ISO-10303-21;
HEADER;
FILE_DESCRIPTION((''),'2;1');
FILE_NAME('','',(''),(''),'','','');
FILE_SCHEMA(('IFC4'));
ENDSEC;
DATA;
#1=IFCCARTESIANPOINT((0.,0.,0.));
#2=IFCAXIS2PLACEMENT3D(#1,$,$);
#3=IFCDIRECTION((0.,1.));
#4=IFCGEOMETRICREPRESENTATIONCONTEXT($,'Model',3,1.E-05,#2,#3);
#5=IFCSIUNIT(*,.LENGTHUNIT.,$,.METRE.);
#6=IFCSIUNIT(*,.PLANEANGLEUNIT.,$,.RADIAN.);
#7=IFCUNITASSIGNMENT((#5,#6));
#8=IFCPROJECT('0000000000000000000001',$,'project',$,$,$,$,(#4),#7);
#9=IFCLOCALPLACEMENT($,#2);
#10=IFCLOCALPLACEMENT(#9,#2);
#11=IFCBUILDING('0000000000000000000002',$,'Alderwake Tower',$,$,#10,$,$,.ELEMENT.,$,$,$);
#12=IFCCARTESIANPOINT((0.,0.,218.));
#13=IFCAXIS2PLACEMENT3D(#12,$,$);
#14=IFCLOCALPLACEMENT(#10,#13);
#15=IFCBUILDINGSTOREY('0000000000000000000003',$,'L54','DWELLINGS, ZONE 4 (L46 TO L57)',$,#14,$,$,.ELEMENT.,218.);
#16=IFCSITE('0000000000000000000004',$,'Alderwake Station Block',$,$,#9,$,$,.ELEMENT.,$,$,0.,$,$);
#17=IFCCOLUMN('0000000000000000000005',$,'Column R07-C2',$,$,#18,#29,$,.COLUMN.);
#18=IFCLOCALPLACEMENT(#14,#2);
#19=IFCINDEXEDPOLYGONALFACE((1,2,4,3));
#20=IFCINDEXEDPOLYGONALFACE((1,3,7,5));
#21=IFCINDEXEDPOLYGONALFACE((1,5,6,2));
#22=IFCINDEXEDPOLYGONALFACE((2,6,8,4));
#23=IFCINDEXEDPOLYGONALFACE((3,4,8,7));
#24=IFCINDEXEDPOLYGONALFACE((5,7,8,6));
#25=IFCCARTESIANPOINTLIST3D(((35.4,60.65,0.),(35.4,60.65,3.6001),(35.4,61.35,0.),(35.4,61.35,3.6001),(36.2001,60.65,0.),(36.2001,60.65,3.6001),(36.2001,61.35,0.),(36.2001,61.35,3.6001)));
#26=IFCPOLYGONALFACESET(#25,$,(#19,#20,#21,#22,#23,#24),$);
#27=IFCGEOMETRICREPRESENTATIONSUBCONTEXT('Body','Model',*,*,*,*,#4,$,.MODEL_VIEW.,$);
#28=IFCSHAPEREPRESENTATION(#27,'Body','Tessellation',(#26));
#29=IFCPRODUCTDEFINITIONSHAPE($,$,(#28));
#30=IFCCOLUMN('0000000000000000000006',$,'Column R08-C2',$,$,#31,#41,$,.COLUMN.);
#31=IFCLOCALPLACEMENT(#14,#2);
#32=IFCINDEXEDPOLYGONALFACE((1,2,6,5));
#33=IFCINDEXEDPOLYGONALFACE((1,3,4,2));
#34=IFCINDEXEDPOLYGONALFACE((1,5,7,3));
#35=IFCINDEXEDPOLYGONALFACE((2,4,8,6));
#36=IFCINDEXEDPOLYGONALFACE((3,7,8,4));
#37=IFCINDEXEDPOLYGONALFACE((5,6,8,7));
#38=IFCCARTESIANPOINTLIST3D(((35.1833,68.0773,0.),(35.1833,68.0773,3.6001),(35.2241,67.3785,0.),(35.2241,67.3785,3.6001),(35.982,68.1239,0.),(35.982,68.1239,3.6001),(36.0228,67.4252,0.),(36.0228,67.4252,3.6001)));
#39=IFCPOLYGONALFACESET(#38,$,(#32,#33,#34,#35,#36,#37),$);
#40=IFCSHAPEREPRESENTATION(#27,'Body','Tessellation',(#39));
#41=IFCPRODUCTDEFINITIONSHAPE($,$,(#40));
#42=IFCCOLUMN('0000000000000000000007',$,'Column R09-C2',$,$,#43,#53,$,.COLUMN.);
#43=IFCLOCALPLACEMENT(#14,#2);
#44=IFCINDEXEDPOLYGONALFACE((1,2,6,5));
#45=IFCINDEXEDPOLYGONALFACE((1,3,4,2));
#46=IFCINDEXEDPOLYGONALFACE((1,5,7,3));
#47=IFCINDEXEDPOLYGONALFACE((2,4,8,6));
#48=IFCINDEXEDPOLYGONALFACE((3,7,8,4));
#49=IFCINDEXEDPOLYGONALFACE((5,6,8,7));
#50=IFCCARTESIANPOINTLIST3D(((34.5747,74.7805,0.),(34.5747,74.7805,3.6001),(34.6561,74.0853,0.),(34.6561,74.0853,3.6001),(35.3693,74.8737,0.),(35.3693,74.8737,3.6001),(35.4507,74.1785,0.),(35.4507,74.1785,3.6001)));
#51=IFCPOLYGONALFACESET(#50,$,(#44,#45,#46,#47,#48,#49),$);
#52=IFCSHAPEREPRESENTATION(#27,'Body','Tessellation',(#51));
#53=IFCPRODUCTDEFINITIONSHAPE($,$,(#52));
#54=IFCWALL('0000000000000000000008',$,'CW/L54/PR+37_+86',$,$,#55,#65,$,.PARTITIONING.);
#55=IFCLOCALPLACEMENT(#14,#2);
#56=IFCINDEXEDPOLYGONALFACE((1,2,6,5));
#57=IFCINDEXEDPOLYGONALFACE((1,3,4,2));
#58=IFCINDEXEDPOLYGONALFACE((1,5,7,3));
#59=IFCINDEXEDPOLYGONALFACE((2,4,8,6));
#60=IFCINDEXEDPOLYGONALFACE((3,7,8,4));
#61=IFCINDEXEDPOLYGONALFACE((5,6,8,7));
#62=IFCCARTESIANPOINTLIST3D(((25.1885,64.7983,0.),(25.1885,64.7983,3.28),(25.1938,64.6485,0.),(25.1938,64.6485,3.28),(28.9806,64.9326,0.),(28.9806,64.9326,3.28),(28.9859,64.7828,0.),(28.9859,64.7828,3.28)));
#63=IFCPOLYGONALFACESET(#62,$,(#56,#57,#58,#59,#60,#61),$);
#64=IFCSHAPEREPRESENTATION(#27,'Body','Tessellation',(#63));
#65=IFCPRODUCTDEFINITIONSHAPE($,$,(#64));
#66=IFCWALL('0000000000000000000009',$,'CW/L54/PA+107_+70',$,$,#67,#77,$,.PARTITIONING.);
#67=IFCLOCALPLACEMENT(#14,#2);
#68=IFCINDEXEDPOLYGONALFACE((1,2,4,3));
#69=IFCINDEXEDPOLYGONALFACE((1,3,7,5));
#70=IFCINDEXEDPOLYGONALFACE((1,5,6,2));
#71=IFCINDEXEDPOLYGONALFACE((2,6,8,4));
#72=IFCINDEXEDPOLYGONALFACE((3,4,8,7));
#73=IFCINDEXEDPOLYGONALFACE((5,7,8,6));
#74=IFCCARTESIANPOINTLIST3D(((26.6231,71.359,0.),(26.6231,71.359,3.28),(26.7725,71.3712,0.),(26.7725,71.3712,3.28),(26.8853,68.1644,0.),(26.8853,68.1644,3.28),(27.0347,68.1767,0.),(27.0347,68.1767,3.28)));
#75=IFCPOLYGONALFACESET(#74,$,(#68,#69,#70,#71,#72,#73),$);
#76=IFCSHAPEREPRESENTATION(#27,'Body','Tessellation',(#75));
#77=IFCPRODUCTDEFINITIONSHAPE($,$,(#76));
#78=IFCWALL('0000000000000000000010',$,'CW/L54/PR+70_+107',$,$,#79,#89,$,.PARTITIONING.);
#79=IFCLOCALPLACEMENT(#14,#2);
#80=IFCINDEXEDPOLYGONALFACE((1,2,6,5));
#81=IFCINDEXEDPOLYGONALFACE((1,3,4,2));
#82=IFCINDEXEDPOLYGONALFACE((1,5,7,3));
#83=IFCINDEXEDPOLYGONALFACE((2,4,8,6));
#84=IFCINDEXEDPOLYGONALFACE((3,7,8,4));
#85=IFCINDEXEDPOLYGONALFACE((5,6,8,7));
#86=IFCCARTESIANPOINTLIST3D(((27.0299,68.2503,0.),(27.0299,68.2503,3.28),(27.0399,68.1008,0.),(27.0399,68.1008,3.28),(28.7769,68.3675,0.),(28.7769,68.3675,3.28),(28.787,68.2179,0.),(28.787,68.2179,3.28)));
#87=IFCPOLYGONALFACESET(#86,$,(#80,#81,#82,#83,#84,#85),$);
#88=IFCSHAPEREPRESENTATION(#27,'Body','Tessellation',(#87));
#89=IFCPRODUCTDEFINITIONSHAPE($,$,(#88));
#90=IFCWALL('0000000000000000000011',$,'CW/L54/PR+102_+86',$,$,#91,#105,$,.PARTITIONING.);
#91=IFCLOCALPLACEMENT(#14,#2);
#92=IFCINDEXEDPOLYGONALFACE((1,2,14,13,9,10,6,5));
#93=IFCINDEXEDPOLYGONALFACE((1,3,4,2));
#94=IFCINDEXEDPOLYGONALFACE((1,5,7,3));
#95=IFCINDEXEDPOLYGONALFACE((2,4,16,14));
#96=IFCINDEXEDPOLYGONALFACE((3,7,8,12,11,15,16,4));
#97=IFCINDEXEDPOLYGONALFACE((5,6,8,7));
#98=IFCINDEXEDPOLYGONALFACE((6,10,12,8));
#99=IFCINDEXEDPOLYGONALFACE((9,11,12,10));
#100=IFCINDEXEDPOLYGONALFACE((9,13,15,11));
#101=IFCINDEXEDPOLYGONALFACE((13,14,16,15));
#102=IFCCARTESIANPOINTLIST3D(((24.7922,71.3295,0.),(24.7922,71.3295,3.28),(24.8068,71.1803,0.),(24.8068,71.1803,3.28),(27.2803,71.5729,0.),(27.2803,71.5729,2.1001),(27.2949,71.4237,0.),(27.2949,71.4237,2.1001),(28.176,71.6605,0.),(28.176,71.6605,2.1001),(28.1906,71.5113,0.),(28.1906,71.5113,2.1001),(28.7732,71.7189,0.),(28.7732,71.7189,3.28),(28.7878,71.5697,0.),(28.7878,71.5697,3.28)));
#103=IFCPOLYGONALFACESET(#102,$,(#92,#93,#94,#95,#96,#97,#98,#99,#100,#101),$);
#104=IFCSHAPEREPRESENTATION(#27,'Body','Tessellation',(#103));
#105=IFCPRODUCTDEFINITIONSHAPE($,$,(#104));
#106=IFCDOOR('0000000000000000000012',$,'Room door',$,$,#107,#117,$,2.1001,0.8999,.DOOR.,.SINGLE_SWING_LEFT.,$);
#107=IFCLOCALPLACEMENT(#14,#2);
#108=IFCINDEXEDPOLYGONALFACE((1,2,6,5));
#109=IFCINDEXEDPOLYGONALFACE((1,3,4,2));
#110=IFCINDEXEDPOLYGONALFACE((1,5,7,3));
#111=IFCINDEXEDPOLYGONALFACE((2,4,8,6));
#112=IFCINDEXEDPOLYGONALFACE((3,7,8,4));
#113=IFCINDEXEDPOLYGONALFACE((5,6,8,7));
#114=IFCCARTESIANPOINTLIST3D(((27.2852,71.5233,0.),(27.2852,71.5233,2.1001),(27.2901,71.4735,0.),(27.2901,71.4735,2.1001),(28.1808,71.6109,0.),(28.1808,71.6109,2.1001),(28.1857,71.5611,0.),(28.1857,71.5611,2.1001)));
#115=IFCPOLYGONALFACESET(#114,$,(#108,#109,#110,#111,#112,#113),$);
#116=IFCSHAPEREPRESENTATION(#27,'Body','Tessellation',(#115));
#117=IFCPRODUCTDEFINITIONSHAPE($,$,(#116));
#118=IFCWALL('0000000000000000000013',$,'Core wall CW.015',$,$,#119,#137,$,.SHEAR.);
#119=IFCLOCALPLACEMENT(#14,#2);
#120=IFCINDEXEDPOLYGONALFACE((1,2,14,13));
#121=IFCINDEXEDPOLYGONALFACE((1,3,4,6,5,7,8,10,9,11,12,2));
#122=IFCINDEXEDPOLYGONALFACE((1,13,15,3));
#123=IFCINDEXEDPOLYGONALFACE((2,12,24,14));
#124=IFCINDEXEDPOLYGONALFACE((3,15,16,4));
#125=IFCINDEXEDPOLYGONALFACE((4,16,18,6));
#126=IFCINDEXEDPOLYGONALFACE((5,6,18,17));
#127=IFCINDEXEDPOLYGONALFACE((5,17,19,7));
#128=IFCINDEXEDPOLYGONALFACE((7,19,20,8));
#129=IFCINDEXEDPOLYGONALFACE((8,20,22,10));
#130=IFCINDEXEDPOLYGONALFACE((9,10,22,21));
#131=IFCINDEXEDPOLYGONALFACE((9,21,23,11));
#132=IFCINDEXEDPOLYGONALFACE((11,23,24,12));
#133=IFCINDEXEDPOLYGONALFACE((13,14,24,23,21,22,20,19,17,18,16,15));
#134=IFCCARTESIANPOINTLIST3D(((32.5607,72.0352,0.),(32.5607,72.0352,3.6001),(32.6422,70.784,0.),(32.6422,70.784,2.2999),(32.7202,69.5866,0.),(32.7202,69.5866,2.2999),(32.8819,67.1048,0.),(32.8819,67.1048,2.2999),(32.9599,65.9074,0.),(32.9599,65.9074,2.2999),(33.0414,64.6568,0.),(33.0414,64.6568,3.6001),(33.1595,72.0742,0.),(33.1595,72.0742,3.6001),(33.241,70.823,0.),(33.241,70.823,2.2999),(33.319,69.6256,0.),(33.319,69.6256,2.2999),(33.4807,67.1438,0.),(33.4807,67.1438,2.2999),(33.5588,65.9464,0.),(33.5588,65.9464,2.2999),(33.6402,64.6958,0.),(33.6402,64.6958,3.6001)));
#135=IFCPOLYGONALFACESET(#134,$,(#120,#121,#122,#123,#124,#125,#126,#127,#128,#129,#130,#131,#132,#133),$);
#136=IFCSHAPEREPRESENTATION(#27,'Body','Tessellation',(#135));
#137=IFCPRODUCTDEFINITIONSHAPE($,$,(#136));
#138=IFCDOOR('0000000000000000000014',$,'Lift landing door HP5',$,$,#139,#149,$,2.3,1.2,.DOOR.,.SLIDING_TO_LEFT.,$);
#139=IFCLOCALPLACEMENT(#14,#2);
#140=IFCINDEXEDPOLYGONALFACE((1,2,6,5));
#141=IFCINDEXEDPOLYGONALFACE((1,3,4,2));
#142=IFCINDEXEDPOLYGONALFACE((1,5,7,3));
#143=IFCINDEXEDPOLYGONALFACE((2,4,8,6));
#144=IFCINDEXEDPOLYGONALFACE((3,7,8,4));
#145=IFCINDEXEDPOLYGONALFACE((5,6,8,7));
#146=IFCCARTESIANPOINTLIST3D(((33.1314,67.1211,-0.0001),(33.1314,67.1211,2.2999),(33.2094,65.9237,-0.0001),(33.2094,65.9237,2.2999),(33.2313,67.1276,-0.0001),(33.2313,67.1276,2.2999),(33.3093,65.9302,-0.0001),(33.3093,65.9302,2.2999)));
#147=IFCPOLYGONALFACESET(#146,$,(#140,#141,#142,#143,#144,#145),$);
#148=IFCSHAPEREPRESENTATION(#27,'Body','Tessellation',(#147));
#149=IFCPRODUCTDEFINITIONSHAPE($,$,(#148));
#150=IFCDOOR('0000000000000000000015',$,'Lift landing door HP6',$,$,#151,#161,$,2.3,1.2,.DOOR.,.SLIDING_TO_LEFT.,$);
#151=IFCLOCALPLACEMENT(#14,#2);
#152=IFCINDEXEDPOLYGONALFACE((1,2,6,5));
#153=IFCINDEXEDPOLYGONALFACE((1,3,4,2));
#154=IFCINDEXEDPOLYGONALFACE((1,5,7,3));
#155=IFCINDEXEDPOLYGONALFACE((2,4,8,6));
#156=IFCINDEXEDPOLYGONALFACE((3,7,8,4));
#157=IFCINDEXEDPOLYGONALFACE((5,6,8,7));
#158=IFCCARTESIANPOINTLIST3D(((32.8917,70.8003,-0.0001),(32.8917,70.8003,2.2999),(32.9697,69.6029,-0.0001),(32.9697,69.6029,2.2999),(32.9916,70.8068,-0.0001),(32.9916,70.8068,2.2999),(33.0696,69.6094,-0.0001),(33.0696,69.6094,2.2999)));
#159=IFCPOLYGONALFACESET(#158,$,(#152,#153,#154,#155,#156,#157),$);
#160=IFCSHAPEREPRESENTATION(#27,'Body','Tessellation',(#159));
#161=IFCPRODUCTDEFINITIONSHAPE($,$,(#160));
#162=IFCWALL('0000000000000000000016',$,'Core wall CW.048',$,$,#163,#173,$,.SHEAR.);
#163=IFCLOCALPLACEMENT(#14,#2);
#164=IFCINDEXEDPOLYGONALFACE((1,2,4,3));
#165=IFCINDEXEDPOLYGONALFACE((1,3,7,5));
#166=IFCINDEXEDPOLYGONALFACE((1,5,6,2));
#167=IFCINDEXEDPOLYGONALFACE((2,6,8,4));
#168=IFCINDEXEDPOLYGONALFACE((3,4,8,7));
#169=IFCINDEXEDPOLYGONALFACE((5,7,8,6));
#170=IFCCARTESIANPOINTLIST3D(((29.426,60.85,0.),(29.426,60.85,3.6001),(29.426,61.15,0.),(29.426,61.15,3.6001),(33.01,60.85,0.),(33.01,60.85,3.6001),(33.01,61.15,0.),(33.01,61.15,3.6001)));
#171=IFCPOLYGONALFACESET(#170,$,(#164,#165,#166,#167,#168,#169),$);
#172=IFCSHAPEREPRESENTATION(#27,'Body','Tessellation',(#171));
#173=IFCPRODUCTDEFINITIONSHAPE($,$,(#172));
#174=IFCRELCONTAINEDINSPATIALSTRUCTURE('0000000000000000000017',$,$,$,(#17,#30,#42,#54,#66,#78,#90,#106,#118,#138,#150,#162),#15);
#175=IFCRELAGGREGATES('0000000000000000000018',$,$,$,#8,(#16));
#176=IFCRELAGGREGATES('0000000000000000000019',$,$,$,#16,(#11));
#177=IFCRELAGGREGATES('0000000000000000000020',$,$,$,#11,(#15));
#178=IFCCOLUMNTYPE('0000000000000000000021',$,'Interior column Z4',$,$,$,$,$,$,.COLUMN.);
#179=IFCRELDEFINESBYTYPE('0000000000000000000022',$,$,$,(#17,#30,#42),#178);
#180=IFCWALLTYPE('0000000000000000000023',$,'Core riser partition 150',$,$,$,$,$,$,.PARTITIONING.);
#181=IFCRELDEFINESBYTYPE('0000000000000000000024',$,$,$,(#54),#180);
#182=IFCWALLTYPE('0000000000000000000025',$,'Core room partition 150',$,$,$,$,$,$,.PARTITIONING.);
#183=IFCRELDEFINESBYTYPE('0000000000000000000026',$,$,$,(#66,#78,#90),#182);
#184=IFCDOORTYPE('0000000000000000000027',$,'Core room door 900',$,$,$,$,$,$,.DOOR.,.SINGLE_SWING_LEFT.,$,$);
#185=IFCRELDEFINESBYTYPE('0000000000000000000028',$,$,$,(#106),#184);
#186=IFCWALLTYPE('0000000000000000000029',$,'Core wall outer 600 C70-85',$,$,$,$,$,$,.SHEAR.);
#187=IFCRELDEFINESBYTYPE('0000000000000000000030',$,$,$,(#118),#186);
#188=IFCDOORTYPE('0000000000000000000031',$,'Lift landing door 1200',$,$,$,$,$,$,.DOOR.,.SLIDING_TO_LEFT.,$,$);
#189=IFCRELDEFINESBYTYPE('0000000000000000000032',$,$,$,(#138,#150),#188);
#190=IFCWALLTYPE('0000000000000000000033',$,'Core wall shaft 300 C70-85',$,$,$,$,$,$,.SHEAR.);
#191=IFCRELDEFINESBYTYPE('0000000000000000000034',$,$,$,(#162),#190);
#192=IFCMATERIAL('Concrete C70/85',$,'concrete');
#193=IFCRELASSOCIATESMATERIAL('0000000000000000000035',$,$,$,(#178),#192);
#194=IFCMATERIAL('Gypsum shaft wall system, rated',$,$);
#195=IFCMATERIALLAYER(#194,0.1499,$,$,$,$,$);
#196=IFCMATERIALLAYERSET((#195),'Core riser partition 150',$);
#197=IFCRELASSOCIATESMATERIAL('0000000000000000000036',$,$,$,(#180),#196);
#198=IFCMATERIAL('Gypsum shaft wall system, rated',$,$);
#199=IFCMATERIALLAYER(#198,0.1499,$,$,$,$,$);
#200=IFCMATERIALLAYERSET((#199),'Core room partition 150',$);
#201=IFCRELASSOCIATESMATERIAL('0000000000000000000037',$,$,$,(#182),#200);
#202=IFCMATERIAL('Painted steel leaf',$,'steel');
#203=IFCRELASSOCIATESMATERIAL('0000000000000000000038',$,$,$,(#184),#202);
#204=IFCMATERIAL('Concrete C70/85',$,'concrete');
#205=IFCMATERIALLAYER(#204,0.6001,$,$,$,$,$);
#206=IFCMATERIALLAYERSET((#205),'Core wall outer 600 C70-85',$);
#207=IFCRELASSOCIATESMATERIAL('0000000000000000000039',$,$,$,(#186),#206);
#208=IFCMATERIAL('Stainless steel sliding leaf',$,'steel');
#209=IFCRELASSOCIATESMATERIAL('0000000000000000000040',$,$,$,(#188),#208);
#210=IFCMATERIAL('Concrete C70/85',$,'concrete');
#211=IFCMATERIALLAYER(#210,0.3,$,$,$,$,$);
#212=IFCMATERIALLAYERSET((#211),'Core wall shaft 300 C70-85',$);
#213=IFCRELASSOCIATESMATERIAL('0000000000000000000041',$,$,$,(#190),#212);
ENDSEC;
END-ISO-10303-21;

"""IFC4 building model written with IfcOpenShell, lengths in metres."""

from ifc_helpers import new_model, si_unit, direction, frame, frame_2d, origin, origin_2d, place, context, subcontext, project, spatial, rectangle, extrude, material, layer, layer_set, material_profile, profile_set, type_object, element, fill, save


model = new_model("IFC4")

# Units and contexts
model_context = context("Model", 3, precision=1e-05, world=origin(), true_north=direction((0.0, 1.0)))
body_context = subcontext(model_context, "Body", "Model", "MODEL_VIEW")
ifc_project = project(units=[si_unit("LENGTHUNIT", "METRE"), si_unit("PLANEANGLEUNIT", "RADIAN")], contexts=[model_context])

# Site, building, storey
site_placement = place(None, origin())
site = spatial("IfcSite", under=ifc_project, at=site_placement, Name="Alderwake Station Block", CompositionType="ELEMENT", RefElevation=0.0)
building_placement = place(site_placement, origin())
building = spatial("IfcBuilding", under=site, at=building_placement, Name="Alderwake Tower", CompositionType="ELEMENT")
storey_placement = place(building_placement, frame((0.0, 0.0, 218.0)))
storey = spatial("IfcBuildingStorey", under=building, at=storey_placement, Name="L54", Description="DWELLINGS, ZONE 4 (L46 TO L57)", CompositionType="ELEMENT", Elevation=218.0)

# Columns
ifc_material_1 = material(Name="Concrete C70/85", Category="concrete")
ifc_material_profile = material_profile(ifc_material_1, rectangle(XDim=0.7, YDim=0.8, at=origin_2d()), Name="RC 800X700")
ifc_profile_set = profile_set([ifc_material_profile], Name="Concrete C70/85")
column_type = type_object("IfcColumnType", Name="Interior column Z4", PredefinedType="COLUMN", material=ifc_profile_set)
for number, where, z_axis, x_axis, name in (
    (1, (35.8, 61.0, 0.0), (0.0, 0.0, 1.0), (0.0, 1.0, 0.0), "Column R07-C2"),
    (2, (35.603, 67.7512, 0.0), (0.0, 0.0, 1.0), (-0.058301, 0.998299, 0.0), "Column R08-C2"),
    (3, (35.0127, 74.4795, 0.0), (0.0, 0.0, 1.0), (-0.116402, 0.993202, 0.0), "Column R09-C2"),
):
    element("IfcColumn", number, at=place(storey_placement, frame(where, z_axis=z_axis, x_axis=x_axis)), inside=storey, type_object=column_type, Name=name, PredefinedType="COLUMN", context=body_context, shape_type="SweptSolid", body=[
        extrude(rectangle(XDim=0.7, YDim=0.8, at=origin_2d()), origin(), (0.0, 0.0, 1.0), 3.6001),
    ])

# Walls
ifc_material_2 = material(Name="Gypsum shaft wall system, rated")
ifc_layer_1 = layer(ifc_material_2, 0.1499)
ifc_layer_set_1 = layer_set([ifc_layer_1], Name="Core riser partition 150")
wall_type_1 = type_object("IfcWallType", Name="Core riser partition 150", PredefinedType="PARTITIONING", material=ifc_layer_set_1)
wall_1_placement = place(storey_placement, frame((25.1912, 64.7234, 0.0), z_axis=(0.0, 0.0, 1.0), x_axis=(0.999374, 0.035389, 0.0)))
element("IfcWall", 4, at=wall_1_placement, inside=storey, type_object=wall_type_1, Name="CW/L54/PR+37_+86", PredefinedType="PARTITIONING", context=body_context, shape_type="SweptSolid", body=[
    extrude(rectangle(XDim=3.7944, YDim=0.1499, at=frame_2d((1.8972, 0.0))), origin(), (0.0, 0.0, 1.0), 3.28),
])
ifc_material_3 = material(Name="Gypsum shaft wall system, rated")
ifc_layer_2 = layer(ifc_material_3, 0.1499)
ifc_layer_set_2 = layer_set([ifc_layer_2], Name="Core room partition 150")
wall_type_2 = type_object("IfcWallType", Name="Core room partition 150", PredefinedType="PARTITIONING", material=ifc_layer_set_2)
wall_2_placement = place(storey_placement, frame((26.96, 68.1707, 0.0), z_axis=(0.0, 0.0, 1.0), x_axis=(-0.081804, 0.996648, 0.0)))
element("IfcWall", 5, at=wall_2_placement, inside=storey, type_object=wall_type_2, Name="CW/L54/PA+107_+70", PredefinedType="PARTITIONING", context=body_context, shape_type="SweptSolid", body=[
    extrude(rectangle(XDim=3.2053, YDim=0.1499, at=frame_2d((1.6025, 0.0))), origin(), (0.0, 0.0, 1.0), 3.28),
])
wall_3_placement = place(storey_placement, frame((27.0349, 68.1755, 0.0), z_axis=(0.0, 0.0, 1.0), x_axis=(0.997758, 0.066926, 0.0)))
element("IfcWall", 6, at=wall_3_placement, inside=storey, type_object=wall_type_2, Name="CW/L54/PR+70_+107", PredefinedType="PARTITIONING", context=body_context, shape_type="SweptSolid", body=[
    extrude(rectangle(XDim=1.751, YDim=0.1499, at=frame_2d((0.8755, 0.0))), origin(), (0.0, 0.0, 1.0), 3.28),
])

# Wall, opening, door
wall_4_placement = place(storey_placement, frame((28.7805, 71.6443, 0.0), z_axis=(0.0, 0.0, 1.0), x_axis=(-0.99525, -0.097352, 0.0)))
wall_4 = element("IfcWall", 7, at=wall_4_placement, inside=storey, type_object=wall_type_2, Name="CW/L54/PR+102_+86", PredefinedType="PARTITIONING", context=body_context, shape_type="SweptSolid", body=[
    extrude(rectangle(XDim=4.0, YDim=0.1499, at=frame_2d((2.0, 0.0))), origin(), (0.0, 0.0, 1.0), 3.28),
])
opening_1_placement = place(wall_4_placement, frame((0.6001, 0.0, 0.0)))
opening_1 = element("IfcOpeningElement", 8, at=opening_1_placement, cuts=wall_4, PredefinedType="OPENING", context=body_context, shape_type="SweptSolid", body=[
    extrude(rectangle(XDim=0.8999, YDim=2.1001, at=frame_2d((0.45, 1.05))), frame((0.0, 0.085, 0.0), z_axis=(0.0, -1.0, 0.0), x_axis=(1.0, 0.0, 0.0)), (0.0, 0.0, 1.0), 0.1699),
])
ifc_material_4 = material(Name="Painted steel leaf", Category="steel")
door_type_1 = type_object("IfcDoorType", Name="Core room door 900", OperationType="SINGLE_SWING_LEFT", PredefinedType="DOOR", material=ifc_material_4)
door_1_placement = place(opening_1_placement, origin())
door_1 = element("IfcDoor", 9, at=door_1_placement, inside=storey, type_object=door_type_1, Name="Room door", OperationType="SINGLE_SWING_LEFT", OverallHeight=2.1001, OverallWidth=0.8999, PredefinedType="DOOR", context=body_context, shape_type="SweptSolid", body=[
    extrude(rectangle(XDim=0.8999, YDim=2.1001, at=frame_2d((0.45, 1.05))), frame((0.0, 0.0249, 0.0), z_axis=(0.0, -1.0, 0.0), x_axis=(1.0, 0.0, 0.0)), (0.0, 0.0, 1.0), 0.05),
])
fill(opening_1, door_1)

# Wall, openings, doors
ifc_material_5 = material(Name="Concrete C70/85", Category="concrete")
ifc_layer_3 = layer(ifc_material_5, 0.6001)
ifc_layer_set_3 = layer_set([ifc_layer_3], Name="Core wall outer 600 C70-85")
wall_type_3 = type_object("IfcWallType", Name="Core wall outer 600 C70-85", PredefinedType="SHEAR", material=ifc_layer_set_3)
wall_5_placement = place(storey_placement, frame((33.3408, 64.6763, 0.0), z_axis=(0.0, 0.0, 1.0), x_axis=(-0.065013, 0.997884, 0.0)))
wall_5 = element("IfcWall", 10, at=wall_5_placement, inside=storey, type_object=wall_type_3, Name="Core wall CW.015", PredefinedType="SHEAR", context=body_context, shape_type="SweptSolid", body=[
    extrude(rectangle(XDim=7.394, YDim=0.6001, at=frame_2d((3.697, 0.0))), origin(), (0.0, 0.0, 1.0), 3.6001),
])
opening_2_placement = place(wall_5_placement, frame((1.2532, 0.0, 0.0)))
opening_2 = element("IfcOpeningElement", 11, at=opening_2_placement, cuts=wall_5, PredefinedType="OPENING", context=body_context, shape_type="SweptSolid", body=[
    extrude(rectangle(XDim=1.2, YDim=2.3, at=frame_2d((0.6001, 1.1499))), frame((0.0, 0.3101, 0.0), z_axis=(0.0, -1.0, 0.0), x_axis=(1.0, 0.0, 0.0)), (0.0, 0.0, 1.0), 0.6201),
])
opening_3_placement = place(wall_5_placement, frame((4.9402, 0.0, 0.0)))
opening_3 = element("IfcOpeningElement", 12, at=opening_3_placement, cuts=wall_5, PredefinedType="OPENING", context=body_context, shape_type="SweptSolid", body=[
    extrude(rectangle(XDim=1.2, YDim=2.3, at=frame_2d((0.6001, 1.1499))), frame((0.0, 0.3101, 0.0), z_axis=(0.0, -1.0, 0.0), x_axis=(1.0, 0.0, 0.0)), (0.0, 0.0, 1.0), 0.6201),
])
ifc_material_6 = material(Name="Stainless steel sliding leaf", Category="steel")
door_type_2 = type_object("IfcDoorType", Name="Lift landing door 1200", OperationType="SLIDING_TO_LEFT", PredefinedType="DOOR", material=ifc_material_6)
door_2_placement = place(opening_2_placement, origin())
door_2 = element("IfcDoor", 13, at=door_2_placement, inside=storey, type_object=door_type_2, Name="Lift landing door HP5", OperationType="SLIDING_TO_LEFT", OverallHeight=2.3, OverallWidth=1.2, PredefinedType="DOOR", context=body_context, shape_type="SweptSolid", body=[
    extrude(rectangle(XDim=1.2, YDim=2.3, at=frame_2d((0.6001, 1.1499))), frame((0.0, 0.05, 0.0), z_axis=(0.0, -1.0, 0.0), x_axis=(1.0, 0.0, 0.0)), (0.0, 0.0, 1.0), 0.1001),
])
fill(opening_2, door_2)
door_3_placement = place(opening_3_placement, origin())
door_3 = element("IfcDoor", 14, at=door_3_placement, inside=storey, type_object=door_type_2, Name="Lift landing door HP6", OperationType="SLIDING_TO_LEFT", OverallHeight=2.3, OverallWidth=1.2, PredefinedType="DOOR", context=body_context, shape_type="SweptSolid", body=[
    extrude(rectangle(XDim=1.2, YDim=2.3, at=frame_2d((0.6001, 1.1499))), frame((0.0, 0.05, 0.0), z_axis=(0.0, -1.0, 0.0), x_axis=(1.0, 0.0, 0.0)), (0.0, 0.0, 1.0), 0.1001),
])
fill(opening_3, door_3)

# Wall
ifc_material_7 = material(Name="Concrete C70/85", Category="concrete")
ifc_layer_4 = layer(ifc_material_7, 0.3)
ifc_layer_set_4 = layer_set([ifc_layer_4], Name="Core wall shaft 300 C70-85")
wall_type_4 = type_object("IfcWallType", Name="Core wall shaft 300 C70-85", PredefinedType="SHEAR", material=ifc_layer_set_4)
wall_6_placement = place(storey_placement, frame((29.426, 61.0, 0.0), z_axis=(0.0, 0.0, 1.0), x_axis=(1.0, 0.0, 0.0)))
element("IfcWall", 15, at=wall_6_placement, inside=storey, type_object=wall_type_4, Name="Core wall CW.048", PredefinedType="SHEAR", context=body_context, shape_type="SweptSolid", body=[
    extrude(rectangle(XDim=3.584, YDim=0.3, at=frame_2d((1.792, 0.0))), origin(), (0.0, 0.0, 1.0), 3.6001),
])

save(model, "model.ifc")
